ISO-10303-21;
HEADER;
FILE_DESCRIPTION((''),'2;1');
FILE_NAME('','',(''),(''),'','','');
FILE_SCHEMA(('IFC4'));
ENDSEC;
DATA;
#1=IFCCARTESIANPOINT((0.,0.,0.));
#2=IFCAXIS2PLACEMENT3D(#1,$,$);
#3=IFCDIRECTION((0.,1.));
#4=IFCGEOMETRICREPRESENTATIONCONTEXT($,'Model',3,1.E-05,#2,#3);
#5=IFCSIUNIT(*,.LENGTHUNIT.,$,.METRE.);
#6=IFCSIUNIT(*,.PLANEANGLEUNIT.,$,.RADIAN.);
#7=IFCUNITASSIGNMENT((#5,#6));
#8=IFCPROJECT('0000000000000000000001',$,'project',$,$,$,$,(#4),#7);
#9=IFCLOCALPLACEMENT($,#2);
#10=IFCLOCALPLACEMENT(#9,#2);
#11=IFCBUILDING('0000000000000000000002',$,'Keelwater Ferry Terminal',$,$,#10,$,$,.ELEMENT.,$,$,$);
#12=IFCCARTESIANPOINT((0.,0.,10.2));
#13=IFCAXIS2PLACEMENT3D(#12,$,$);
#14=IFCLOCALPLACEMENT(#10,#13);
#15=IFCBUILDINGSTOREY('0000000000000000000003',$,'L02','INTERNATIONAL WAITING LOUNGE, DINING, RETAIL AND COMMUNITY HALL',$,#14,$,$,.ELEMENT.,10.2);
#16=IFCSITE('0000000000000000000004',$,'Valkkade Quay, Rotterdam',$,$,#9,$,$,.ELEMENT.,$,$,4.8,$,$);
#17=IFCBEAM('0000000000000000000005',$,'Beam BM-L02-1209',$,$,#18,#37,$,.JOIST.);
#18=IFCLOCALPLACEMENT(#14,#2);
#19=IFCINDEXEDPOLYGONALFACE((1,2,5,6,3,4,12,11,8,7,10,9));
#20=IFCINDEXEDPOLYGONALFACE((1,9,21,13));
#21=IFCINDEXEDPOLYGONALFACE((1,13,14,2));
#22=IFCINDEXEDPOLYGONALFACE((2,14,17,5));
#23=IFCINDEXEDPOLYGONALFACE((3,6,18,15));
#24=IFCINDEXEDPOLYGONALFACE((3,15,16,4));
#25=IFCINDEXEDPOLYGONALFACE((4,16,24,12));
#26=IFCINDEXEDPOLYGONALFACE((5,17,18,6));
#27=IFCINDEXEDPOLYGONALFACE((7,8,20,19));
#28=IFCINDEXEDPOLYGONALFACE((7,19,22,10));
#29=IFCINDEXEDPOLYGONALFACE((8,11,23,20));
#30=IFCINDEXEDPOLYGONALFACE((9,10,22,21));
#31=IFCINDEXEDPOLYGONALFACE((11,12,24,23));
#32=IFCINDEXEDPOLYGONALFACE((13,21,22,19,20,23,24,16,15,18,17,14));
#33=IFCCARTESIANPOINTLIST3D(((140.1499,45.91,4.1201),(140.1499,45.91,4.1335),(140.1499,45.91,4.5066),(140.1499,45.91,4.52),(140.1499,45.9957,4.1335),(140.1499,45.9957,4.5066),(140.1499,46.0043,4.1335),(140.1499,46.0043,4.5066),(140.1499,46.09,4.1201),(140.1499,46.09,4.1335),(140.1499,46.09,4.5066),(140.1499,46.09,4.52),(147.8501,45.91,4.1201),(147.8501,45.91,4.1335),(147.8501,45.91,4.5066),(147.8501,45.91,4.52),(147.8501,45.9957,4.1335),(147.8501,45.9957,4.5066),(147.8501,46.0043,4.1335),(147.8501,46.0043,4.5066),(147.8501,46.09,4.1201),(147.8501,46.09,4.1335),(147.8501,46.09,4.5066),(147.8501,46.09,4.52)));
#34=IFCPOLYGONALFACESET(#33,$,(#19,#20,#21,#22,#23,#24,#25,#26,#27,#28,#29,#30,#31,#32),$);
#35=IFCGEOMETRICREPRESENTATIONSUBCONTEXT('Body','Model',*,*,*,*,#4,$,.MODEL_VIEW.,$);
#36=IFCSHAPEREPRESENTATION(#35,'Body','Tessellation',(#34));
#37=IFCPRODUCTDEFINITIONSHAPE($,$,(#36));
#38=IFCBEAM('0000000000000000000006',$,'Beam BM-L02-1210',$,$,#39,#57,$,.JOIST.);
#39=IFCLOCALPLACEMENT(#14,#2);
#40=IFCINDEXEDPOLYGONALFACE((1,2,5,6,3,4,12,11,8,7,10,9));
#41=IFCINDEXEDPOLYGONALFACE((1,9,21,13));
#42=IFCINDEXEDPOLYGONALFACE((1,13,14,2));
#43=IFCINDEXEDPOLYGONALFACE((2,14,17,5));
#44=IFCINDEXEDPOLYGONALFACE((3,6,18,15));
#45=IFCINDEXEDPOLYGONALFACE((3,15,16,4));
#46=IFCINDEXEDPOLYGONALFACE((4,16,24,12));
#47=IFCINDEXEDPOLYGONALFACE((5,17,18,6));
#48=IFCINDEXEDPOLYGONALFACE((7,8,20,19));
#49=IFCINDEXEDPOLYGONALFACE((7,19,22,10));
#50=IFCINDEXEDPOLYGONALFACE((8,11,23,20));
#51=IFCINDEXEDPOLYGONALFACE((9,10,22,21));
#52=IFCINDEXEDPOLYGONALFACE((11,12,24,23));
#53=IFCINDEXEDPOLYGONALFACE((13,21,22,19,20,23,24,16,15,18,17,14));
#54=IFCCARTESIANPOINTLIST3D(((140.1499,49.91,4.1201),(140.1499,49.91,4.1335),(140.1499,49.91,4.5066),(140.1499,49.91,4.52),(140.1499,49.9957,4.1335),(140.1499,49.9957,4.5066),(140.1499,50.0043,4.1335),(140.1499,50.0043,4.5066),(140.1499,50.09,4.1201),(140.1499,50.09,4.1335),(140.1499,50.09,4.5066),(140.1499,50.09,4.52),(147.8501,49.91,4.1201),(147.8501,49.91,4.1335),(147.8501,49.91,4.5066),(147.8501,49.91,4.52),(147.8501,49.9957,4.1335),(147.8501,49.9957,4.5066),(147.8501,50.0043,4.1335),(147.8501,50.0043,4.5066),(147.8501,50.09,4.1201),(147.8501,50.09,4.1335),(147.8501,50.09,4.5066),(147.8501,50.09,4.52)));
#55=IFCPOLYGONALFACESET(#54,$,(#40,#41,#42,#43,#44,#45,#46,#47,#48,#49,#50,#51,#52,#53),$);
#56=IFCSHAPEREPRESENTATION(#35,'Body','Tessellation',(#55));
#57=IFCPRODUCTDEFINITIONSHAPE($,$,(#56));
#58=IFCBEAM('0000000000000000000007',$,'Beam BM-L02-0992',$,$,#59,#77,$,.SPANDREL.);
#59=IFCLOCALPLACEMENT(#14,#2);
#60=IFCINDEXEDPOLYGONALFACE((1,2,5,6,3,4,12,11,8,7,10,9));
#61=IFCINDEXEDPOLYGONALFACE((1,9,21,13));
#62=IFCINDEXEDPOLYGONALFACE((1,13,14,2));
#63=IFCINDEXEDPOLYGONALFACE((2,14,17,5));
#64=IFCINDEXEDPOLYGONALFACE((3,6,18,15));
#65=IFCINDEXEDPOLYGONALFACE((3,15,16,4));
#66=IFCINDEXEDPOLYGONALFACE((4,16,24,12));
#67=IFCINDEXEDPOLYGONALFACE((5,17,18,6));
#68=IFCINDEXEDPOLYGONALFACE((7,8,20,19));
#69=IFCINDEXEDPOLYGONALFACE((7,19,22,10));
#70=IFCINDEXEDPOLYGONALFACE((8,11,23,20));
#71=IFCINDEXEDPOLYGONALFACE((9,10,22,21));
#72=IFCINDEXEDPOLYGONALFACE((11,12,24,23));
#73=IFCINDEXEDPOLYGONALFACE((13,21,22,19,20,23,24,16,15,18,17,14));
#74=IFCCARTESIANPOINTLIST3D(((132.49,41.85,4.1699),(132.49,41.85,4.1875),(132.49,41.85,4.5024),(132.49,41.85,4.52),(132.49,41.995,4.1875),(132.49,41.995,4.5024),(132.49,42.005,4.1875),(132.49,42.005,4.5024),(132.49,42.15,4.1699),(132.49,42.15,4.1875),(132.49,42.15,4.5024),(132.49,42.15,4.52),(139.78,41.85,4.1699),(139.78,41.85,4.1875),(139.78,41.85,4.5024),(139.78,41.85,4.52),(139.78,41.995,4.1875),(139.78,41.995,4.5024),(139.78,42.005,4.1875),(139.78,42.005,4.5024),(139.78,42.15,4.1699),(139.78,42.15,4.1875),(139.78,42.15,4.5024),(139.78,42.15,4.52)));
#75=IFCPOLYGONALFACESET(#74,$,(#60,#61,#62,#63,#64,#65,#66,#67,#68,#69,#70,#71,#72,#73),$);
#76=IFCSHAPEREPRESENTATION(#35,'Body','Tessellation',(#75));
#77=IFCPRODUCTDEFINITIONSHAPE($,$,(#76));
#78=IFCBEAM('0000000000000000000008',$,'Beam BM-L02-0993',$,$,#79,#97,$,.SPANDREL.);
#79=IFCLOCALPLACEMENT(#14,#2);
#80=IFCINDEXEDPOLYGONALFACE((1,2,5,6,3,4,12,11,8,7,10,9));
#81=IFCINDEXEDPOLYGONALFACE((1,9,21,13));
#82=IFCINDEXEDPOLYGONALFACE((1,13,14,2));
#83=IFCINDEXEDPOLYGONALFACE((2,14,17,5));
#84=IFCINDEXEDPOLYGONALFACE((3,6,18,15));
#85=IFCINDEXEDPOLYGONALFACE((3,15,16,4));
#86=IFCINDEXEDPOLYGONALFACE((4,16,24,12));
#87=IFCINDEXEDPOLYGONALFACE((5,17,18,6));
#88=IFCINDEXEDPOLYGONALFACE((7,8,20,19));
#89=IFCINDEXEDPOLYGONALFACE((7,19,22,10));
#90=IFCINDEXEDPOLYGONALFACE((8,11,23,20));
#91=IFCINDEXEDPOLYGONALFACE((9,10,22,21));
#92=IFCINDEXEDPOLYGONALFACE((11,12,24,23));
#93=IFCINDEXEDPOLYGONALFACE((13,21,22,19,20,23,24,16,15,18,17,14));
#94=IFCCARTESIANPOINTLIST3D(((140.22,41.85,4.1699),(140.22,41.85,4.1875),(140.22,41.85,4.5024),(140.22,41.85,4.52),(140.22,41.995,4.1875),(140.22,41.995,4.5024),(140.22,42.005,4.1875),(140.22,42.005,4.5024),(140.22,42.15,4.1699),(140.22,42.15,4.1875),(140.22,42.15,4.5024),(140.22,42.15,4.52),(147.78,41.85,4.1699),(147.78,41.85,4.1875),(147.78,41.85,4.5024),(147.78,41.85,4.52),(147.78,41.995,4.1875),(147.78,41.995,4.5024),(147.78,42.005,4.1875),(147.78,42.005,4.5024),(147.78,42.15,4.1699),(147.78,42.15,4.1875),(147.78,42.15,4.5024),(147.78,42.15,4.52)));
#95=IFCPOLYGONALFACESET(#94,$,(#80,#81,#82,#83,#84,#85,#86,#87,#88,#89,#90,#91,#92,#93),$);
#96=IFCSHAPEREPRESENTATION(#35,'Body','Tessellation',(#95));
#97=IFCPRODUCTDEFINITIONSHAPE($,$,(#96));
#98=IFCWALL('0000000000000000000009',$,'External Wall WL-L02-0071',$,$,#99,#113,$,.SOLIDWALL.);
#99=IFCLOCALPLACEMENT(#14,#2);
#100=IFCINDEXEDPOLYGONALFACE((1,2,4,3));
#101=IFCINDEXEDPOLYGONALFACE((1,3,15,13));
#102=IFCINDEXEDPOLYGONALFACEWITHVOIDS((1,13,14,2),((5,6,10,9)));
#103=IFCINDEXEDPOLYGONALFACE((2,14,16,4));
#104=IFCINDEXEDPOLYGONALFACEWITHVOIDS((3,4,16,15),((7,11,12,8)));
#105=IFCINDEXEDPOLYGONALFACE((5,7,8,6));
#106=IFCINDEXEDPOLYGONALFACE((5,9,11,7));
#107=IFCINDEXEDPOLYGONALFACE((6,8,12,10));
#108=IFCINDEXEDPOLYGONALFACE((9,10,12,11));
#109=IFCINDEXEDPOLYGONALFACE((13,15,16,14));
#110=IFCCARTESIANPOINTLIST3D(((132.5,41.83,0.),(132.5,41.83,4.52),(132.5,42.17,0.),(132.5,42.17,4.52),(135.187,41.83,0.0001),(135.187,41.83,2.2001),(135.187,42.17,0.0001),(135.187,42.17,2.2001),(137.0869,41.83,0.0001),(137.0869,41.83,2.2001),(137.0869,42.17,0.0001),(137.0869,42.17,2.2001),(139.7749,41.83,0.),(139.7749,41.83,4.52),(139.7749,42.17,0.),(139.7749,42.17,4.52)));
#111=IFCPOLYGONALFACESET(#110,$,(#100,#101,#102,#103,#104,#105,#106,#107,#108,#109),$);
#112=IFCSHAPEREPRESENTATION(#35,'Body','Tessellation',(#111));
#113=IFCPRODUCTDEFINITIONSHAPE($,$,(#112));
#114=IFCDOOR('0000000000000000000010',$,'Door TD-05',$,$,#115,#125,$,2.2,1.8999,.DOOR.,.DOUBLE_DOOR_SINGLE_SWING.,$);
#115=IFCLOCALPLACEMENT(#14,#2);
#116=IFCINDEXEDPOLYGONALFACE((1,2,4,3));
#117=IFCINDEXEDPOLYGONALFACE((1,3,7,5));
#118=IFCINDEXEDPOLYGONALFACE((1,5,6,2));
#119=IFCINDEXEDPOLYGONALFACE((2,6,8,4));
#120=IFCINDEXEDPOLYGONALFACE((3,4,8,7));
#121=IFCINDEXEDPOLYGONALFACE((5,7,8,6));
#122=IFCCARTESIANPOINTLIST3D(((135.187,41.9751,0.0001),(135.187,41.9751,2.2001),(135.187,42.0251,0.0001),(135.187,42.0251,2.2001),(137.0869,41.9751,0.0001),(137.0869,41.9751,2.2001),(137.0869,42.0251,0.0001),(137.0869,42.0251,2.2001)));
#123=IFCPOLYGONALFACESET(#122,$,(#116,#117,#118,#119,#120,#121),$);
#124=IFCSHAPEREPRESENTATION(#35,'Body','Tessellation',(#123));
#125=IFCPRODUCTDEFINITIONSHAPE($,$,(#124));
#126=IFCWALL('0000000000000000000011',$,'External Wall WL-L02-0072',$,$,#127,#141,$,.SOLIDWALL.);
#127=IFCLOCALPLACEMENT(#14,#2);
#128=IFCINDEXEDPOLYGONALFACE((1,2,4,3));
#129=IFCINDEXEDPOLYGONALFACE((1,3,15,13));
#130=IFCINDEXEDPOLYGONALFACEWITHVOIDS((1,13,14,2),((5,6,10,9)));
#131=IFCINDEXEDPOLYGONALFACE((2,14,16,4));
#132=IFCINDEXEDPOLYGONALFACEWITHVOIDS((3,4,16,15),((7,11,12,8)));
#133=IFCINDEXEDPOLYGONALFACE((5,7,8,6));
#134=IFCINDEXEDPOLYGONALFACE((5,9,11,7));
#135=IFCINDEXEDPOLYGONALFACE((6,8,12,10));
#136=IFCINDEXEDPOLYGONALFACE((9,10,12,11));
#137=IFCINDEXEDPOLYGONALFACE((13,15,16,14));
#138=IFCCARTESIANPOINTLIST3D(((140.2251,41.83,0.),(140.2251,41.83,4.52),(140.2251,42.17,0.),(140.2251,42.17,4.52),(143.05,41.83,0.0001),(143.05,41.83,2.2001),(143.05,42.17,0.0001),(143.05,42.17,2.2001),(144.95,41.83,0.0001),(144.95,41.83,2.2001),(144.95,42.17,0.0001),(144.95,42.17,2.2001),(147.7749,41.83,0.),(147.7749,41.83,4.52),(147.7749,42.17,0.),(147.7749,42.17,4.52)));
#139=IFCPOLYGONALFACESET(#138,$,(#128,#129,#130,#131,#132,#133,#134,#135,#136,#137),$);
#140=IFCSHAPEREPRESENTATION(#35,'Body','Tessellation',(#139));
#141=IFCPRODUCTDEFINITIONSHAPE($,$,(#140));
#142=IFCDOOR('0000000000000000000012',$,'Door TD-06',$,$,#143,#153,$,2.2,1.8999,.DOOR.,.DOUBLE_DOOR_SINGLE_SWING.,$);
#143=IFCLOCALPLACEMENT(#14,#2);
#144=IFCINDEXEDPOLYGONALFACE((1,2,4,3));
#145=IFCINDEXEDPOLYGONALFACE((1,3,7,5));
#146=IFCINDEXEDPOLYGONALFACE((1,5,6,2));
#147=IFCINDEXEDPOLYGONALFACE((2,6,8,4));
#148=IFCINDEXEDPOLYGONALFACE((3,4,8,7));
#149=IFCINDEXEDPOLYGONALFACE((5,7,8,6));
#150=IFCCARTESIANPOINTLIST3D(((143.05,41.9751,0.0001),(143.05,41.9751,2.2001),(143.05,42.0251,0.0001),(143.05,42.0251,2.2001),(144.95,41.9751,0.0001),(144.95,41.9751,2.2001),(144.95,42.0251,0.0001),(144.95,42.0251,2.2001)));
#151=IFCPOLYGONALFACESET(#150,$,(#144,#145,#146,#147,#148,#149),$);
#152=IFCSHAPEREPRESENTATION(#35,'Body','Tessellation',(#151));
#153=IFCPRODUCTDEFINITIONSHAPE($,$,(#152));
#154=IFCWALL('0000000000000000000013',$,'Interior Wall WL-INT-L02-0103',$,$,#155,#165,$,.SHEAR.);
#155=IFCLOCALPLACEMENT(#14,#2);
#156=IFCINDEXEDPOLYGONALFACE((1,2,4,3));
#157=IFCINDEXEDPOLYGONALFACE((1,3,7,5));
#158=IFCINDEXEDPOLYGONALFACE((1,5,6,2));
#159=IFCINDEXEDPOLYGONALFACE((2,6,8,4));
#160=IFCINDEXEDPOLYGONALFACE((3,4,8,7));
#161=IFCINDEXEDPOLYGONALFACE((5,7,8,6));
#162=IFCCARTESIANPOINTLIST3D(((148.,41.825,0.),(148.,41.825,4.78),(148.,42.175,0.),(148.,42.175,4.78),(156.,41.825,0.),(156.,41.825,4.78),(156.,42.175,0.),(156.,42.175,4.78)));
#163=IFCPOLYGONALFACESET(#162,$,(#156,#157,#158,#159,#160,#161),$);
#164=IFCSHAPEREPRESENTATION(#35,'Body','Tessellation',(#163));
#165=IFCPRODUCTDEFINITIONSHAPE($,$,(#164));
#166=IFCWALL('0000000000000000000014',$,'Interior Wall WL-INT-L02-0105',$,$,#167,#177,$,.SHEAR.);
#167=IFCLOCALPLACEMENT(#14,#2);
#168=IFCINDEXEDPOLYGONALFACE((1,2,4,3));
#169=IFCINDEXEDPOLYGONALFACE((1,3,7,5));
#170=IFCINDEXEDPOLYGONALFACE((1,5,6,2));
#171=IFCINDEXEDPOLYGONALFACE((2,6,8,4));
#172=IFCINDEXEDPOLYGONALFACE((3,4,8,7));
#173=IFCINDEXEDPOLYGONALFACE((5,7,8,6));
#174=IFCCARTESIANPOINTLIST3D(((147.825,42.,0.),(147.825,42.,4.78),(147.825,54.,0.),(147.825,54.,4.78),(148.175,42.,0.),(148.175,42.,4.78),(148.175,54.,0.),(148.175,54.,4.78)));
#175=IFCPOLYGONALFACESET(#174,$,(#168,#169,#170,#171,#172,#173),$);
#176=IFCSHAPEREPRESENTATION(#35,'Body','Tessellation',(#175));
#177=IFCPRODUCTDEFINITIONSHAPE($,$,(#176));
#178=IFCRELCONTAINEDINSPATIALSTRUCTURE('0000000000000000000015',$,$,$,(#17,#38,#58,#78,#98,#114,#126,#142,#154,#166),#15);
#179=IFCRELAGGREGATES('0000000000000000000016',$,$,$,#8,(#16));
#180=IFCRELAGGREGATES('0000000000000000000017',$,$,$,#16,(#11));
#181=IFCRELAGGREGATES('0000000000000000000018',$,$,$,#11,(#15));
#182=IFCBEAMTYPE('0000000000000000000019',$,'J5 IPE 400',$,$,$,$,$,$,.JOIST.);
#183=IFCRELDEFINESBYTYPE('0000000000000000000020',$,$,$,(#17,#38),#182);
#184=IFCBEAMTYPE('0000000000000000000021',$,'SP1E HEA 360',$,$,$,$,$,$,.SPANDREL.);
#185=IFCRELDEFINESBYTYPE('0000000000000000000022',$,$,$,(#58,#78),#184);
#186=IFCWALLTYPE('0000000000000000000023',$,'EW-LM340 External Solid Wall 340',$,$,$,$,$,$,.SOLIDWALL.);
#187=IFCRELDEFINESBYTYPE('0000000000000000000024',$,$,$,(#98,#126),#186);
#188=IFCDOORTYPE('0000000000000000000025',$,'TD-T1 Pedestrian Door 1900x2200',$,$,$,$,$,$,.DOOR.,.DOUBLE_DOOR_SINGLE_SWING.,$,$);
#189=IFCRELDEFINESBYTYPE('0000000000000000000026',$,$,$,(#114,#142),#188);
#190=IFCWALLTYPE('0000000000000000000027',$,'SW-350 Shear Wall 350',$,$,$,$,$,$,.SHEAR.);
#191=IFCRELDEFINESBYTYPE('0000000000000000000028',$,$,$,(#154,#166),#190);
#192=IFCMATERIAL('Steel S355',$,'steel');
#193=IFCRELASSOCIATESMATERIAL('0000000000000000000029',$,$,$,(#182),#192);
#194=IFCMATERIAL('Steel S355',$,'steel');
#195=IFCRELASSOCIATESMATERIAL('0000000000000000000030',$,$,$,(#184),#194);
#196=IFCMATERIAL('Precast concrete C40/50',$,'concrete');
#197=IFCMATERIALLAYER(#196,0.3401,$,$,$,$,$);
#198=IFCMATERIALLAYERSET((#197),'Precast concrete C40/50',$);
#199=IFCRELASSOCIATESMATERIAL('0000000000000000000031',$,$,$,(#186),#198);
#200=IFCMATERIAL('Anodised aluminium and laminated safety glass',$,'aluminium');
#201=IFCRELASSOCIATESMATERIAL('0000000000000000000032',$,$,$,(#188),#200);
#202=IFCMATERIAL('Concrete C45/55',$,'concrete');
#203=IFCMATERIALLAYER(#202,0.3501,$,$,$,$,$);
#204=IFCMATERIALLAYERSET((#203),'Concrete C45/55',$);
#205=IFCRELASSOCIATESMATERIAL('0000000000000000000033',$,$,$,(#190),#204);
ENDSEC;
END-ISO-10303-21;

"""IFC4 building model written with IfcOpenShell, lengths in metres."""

from ifc_helpers import new_model, si_unit, direction, frame, frame_2d, origin, origin_2d, place, context, subcontext, project, spatial, rectangle, i_section, extrude, material, layer, layer_set, material_profile, profile_set, type_object, element, fill, save


model = new_model("IFC4")

# Units and contexts
model_context = context("Model", 3, precision=1e-05, world=origin(), true_north=direction((0.0, 1.0)))
body_context = subcontext(model_context, "Body", "Model", "MODEL_VIEW")
ifc_project = project(units=[si_unit("LENGTHUNIT", "METRE"), si_unit("PLANEANGLEUNIT", "RADIAN")], contexts=[model_context])

# Site, building, storey
site_placement = place(None, origin())
site = spatial("IfcSite", under=ifc_project, at=site_placement, Name="Valkkade Quay, Rotterdam", CompositionType="ELEMENT", RefElevation=4.8)
building_placement = place(site_placement, origin())
building = spatial("IfcBuilding", under=site, at=building_placement, Name="Keelwater Ferry Terminal", CompositionType="ELEMENT")
storey_placement = place(building_placement, frame((0.0, 0.0, 10.2)))
storey = spatial("IfcBuildingStorey", under=building, at=storey_placement, Name="L02", Description="INTERNATIONAL WAITING LOUNGE, DINING, RETAIL AND COMMUNITY HALL", CompositionType="ELEMENT", Elevation=10.2)

# Beams
ifc_material_1 = material(Name="Steel S355", Category="steel")
ifc_material_profile_1 = material_profile(ifc_material_1, i_section(OverallWidth=0.1799, OverallDepth=0.3999, WebThickness=0.0085, FlangeThickness=0.0134, at=origin_2d()), Name="IPE 400")
ifc_profile_set_1 = profile_set([ifc_material_profile_1], Name="Steel S355")
beam_type_1 = type_object("IfcBeamType", Name="J5 IPE 400", PredefinedType="JOIST", material=ifc_profile_set_1)
for number, where, z_axis, x_axis, name in (
    (1, (140.1499, 46.0, 4.3201), (1.0, 0.0, 0.0), (0.0, 1.0, 0.0), "Beam BM-L02-1209"),
    (2, (140.1499, 50.0, 4.3201), (1.0, 0.0, 0.0), (0.0, 1.0, 0.0), "Beam BM-L02-1210"),
):
    element("IfcBeam", number, at=place(storey_placement, frame(where, z_axis=z_axis, x_axis=x_axis)), inside=storey, type_object=beam_type_1, Name=name, PredefinedType="JOIST", context=body_context, shape_type="SweptSolid", body=[
        extrude(i_section(OverallWidth=0.1799, OverallDepth=0.3999, WebThickness=0.0085, FlangeThickness=0.0134, at=origin_2d()), origin(), (0.0, 0.0, 1.0), 7.7002),
    ])
ifc_material_2 = material(Name="Steel S355", Category="steel")
ifc_material_profile_2 = material_profile(ifc_material_2, i_section(OverallWidth=0.3, OverallDepth=0.3501, WebThickness=0.01, FlangeThickness=0.0176, at=origin_2d()), Name="HEA 360")
ifc_profile_set_2 = profile_set([ifc_material_profile_2], Name="Steel S355")
beam_type_2 = type_object("IfcBeamType", Name="SP1E HEA 360", PredefinedType="SPANDREL", material=ifc_profile_set_2)
beam_1_placement = place(storey_placement, frame((132.49, 42.0, 4.345), z_axis=(1.0, 0.0, 0.0), x_axis=(0.0, 1.0, 0.0)))
element("IfcBeam", 3, at=beam_1_placement, inside=storey, type_object=beam_type_2, Name="Beam BM-L02-0992", PredefinedType="SPANDREL", context=body_context, shape_type="SweptSolid", body=[
    extrude(i_section(OverallWidth=0.3, OverallDepth=0.3501, WebThickness=0.01, FlangeThickness=0.0176, at=origin_2d()), origin(), (0.0, 0.0, 1.0), 7.29),
])
beam_2_placement = place(storey_placement, frame((140.22, 42.0, 4.345), z_axis=(1.0, 0.0, 0.0), x_axis=(0.0, 1.0, 0.0)))
element("IfcBeam", 4, at=beam_2_placement, inside=storey, type_object=beam_type_2, Name="Beam BM-L02-0993", PredefinedType="SPANDREL", context=body_context, shape_type="SweptSolid", body=[
    extrude(i_section(OverallWidth=0.3, OverallDepth=0.3501, WebThickness=0.01, FlangeThickness=0.0176, at=origin_2d()), origin(), (0.0, 0.0, 1.0), 7.5601),
])

# Walls, openings, doors
ifc_material_3 = material(Name="Precast concrete C40/50", Category="concrete")
ifc_layer_1 = layer(ifc_material_3, 0.3401)
ifc_layer_set_1 = layer_set([ifc_layer_1], Name="Precast concrete C40/50")
wall_type_1 = type_object("IfcWallType", Name="EW-LM340 External Solid Wall 340", PredefinedType="SOLIDWALL", material=ifc_layer_set_1)
wall_1_placement = place(storey_placement, frame((139.7749, 42.0, 0.0), z_axis=(0.0, 0.0, 1.0), x_axis=(-1.0, 0.0, 0.0)))
wall_1 = element("IfcWall", 5, at=wall_1_placement, inside=storey, type_object=wall_type_1, Name="External Wall WL-L02-0071", PredefinedType="SOLIDWALL", context=body_context, shape_type="SweptSolid", body=[
    extrude(rectangle(XDim=7.2749, YDim=0.3401, at=frame_2d((3.6375, 0.0))), origin(), (0.0, 0.0, 1.0), 4.52),
])
opening_1_placement = place(wall_1_placement, frame((2.688, 0.0, 0.0)))
opening_1 = element("IfcOpeningElement", 6, at=opening_1_placement, cuts=wall_1, PredefinedType="OPENING", context=body_context, shape_type="SweptSolid", body=[
    extrude(rectangle(XDim=1.8999, YDim=2.2, at=frame_2d((0.95, 1.1001))), frame((0.0, 0.1799, 0.0), z_axis=(0.0, -1.0, 0.0), x_axis=(1.0, 0.0, 0.0)), (0.0, 0.0, 1.0), 0.3601),
])
ifc_material_4 = material(Name="Anodised aluminium and laminated safety glass", Category="aluminium")
door_type = type_object("IfcDoorType", Name="TD-T1 Pedestrian Door 1900x2200", OperationType="DOUBLE_DOOR_SINGLE_SWING", PredefinedType="DOOR", material=ifc_material_4)
door_1_placement = place(opening_1_placement, origin())
door_1 = element("IfcDoor", 7, at=door_1_placement, inside=storey, type_object=door_type, Name="Door TD-05", OperationType="DOUBLE_DOOR_SINGLE_SWING", OverallHeight=2.2, OverallWidth=1.8999, PredefinedType="DOOR", context=body_context, shape_type="SweptSolid", body=[
    extrude(rectangle(XDim=1.8999, YDim=2.2, at=frame_2d((0.95, 1.1001))), frame((0.0, 0.0249, 0.0), z_axis=(0.0, -1.0, 0.0), x_axis=(1.0, 0.0, 0.0)), (0.0, 0.0, 1.0), 0.05),
])
fill(opening_1, door_1)
wall_2_placement = place(storey_placement, frame((147.7749, 42.0, 0.0), z_axis=(0.0, 0.0, 1.0), x_axis=(-1.0, 0.0, 0.0)))
wall_2 = element("IfcWall", 8, at=wall_2_placement, inside=storey, type_object=wall_type_1, Name="External Wall WL-L02-0072", PredefinedType="SOLIDWALL", context=body_context, shape_type="SweptSolid", body=[
    extrude(rectangle(XDim=7.5498, YDim=0.3401, at=frame_2d((3.7749, 0.0))), origin(), (0.0, 0.0, 1.0), 4.52),
])
opening_2_placement = place(wall_2_placement, frame((2.825, 0.0, 0.0)))
opening_2 = element("IfcOpeningElement", 9, at=opening_2_placement, cuts=wall_2, PredefinedType="OPENING", context=body_context, shape_type="SweptSolid", body=[
    extrude(rectangle(XDim=1.8999, YDim=2.2, at=frame_2d((0.95, 1.1001))), frame((0.0, 0.1799, 0.0), z_axis=(0.0, -1.0, 0.0), x_axis=(1.0, 0.0, 0.0)), (0.0, 0.0, 1.0), 0.3601),
])
door_2_placement = place(opening_2_placement, origin())
door_2 = element("IfcDoor", 10, at=door_2_placement, inside=storey, type_object=door_type, Name="Door TD-06", OperationType="DOUBLE_DOOR_SINGLE_SWING", OverallHeight=2.2, OverallWidth=1.8999, PredefinedType="DOOR", context=body_context, shape_type="SweptSolid", body=[
    extrude(rectangle(XDim=1.8999, YDim=2.2, at=frame_2d((0.95, 1.1001))), frame((0.0, 0.0249, 0.0), z_axis=(0.0, -1.0, 0.0), x_axis=(1.0, 0.0, 0.0)), (0.0, 0.0, 1.0), 0.05),
])
fill(opening_2, door_2)

# Walls
ifc_material_5 = material(Name="Concrete C45/55", Category="concrete")
ifc_layer_2 = layer(ifc_material_5, 0.3501)
ifc_layer_set_2 = layer_set([ifc_layer_2], Name="Concrete C45/55")
wall_type_2 = type_object("IfcWallType", Name="SW-350 Shear Wall 350", PredefinedType="SHEAR", material=ifc_layer_set_2)
wall_3_placement = place(storey_placement, frame((148.0, 42.0, 0.0), z_axis=(0.0, 0.0, 1.0), x_axis=(1.0, 0.0, 0.0)))
element("IfcWall", 11, at=wall_3_placement, inside=storey, type_object=wall_type_2, Name="Interior Wall WL-INT-L02-0103", PredefinedType="SHEAR", context=body_context, shape_type="SweptSolid", body=[
    extrude(rectangle(XDim=8.0, YDim=0.3501, at=frame_2d((4.0, 0.0))), origin(), (0.0, 0.0, 1.0), 4.78),
])
wall_4_placement = place(storey_placement, frame((148.0, 42.0, 0.0), z_axis=(0.0, 0.0, 1.0), x_axis=(0.0, 1.0, 0.0)))
element("IfcWall", 12, at=wall_4_placement, inside=storey, type_object=wall_type_2, Name="Interior Wall WL-INT-L02-0105", PredefinedType="SHEAR", context=body_context, shape_type="SweptSolid", body=[
    extrude(rectangle(XDim=12.0, YDim=0.3501, at=frame_2d((6.0, 0.0))), origin(), (0.0, 0.0, 1.0), 4.78),
])

save(model, "model.ifc")
